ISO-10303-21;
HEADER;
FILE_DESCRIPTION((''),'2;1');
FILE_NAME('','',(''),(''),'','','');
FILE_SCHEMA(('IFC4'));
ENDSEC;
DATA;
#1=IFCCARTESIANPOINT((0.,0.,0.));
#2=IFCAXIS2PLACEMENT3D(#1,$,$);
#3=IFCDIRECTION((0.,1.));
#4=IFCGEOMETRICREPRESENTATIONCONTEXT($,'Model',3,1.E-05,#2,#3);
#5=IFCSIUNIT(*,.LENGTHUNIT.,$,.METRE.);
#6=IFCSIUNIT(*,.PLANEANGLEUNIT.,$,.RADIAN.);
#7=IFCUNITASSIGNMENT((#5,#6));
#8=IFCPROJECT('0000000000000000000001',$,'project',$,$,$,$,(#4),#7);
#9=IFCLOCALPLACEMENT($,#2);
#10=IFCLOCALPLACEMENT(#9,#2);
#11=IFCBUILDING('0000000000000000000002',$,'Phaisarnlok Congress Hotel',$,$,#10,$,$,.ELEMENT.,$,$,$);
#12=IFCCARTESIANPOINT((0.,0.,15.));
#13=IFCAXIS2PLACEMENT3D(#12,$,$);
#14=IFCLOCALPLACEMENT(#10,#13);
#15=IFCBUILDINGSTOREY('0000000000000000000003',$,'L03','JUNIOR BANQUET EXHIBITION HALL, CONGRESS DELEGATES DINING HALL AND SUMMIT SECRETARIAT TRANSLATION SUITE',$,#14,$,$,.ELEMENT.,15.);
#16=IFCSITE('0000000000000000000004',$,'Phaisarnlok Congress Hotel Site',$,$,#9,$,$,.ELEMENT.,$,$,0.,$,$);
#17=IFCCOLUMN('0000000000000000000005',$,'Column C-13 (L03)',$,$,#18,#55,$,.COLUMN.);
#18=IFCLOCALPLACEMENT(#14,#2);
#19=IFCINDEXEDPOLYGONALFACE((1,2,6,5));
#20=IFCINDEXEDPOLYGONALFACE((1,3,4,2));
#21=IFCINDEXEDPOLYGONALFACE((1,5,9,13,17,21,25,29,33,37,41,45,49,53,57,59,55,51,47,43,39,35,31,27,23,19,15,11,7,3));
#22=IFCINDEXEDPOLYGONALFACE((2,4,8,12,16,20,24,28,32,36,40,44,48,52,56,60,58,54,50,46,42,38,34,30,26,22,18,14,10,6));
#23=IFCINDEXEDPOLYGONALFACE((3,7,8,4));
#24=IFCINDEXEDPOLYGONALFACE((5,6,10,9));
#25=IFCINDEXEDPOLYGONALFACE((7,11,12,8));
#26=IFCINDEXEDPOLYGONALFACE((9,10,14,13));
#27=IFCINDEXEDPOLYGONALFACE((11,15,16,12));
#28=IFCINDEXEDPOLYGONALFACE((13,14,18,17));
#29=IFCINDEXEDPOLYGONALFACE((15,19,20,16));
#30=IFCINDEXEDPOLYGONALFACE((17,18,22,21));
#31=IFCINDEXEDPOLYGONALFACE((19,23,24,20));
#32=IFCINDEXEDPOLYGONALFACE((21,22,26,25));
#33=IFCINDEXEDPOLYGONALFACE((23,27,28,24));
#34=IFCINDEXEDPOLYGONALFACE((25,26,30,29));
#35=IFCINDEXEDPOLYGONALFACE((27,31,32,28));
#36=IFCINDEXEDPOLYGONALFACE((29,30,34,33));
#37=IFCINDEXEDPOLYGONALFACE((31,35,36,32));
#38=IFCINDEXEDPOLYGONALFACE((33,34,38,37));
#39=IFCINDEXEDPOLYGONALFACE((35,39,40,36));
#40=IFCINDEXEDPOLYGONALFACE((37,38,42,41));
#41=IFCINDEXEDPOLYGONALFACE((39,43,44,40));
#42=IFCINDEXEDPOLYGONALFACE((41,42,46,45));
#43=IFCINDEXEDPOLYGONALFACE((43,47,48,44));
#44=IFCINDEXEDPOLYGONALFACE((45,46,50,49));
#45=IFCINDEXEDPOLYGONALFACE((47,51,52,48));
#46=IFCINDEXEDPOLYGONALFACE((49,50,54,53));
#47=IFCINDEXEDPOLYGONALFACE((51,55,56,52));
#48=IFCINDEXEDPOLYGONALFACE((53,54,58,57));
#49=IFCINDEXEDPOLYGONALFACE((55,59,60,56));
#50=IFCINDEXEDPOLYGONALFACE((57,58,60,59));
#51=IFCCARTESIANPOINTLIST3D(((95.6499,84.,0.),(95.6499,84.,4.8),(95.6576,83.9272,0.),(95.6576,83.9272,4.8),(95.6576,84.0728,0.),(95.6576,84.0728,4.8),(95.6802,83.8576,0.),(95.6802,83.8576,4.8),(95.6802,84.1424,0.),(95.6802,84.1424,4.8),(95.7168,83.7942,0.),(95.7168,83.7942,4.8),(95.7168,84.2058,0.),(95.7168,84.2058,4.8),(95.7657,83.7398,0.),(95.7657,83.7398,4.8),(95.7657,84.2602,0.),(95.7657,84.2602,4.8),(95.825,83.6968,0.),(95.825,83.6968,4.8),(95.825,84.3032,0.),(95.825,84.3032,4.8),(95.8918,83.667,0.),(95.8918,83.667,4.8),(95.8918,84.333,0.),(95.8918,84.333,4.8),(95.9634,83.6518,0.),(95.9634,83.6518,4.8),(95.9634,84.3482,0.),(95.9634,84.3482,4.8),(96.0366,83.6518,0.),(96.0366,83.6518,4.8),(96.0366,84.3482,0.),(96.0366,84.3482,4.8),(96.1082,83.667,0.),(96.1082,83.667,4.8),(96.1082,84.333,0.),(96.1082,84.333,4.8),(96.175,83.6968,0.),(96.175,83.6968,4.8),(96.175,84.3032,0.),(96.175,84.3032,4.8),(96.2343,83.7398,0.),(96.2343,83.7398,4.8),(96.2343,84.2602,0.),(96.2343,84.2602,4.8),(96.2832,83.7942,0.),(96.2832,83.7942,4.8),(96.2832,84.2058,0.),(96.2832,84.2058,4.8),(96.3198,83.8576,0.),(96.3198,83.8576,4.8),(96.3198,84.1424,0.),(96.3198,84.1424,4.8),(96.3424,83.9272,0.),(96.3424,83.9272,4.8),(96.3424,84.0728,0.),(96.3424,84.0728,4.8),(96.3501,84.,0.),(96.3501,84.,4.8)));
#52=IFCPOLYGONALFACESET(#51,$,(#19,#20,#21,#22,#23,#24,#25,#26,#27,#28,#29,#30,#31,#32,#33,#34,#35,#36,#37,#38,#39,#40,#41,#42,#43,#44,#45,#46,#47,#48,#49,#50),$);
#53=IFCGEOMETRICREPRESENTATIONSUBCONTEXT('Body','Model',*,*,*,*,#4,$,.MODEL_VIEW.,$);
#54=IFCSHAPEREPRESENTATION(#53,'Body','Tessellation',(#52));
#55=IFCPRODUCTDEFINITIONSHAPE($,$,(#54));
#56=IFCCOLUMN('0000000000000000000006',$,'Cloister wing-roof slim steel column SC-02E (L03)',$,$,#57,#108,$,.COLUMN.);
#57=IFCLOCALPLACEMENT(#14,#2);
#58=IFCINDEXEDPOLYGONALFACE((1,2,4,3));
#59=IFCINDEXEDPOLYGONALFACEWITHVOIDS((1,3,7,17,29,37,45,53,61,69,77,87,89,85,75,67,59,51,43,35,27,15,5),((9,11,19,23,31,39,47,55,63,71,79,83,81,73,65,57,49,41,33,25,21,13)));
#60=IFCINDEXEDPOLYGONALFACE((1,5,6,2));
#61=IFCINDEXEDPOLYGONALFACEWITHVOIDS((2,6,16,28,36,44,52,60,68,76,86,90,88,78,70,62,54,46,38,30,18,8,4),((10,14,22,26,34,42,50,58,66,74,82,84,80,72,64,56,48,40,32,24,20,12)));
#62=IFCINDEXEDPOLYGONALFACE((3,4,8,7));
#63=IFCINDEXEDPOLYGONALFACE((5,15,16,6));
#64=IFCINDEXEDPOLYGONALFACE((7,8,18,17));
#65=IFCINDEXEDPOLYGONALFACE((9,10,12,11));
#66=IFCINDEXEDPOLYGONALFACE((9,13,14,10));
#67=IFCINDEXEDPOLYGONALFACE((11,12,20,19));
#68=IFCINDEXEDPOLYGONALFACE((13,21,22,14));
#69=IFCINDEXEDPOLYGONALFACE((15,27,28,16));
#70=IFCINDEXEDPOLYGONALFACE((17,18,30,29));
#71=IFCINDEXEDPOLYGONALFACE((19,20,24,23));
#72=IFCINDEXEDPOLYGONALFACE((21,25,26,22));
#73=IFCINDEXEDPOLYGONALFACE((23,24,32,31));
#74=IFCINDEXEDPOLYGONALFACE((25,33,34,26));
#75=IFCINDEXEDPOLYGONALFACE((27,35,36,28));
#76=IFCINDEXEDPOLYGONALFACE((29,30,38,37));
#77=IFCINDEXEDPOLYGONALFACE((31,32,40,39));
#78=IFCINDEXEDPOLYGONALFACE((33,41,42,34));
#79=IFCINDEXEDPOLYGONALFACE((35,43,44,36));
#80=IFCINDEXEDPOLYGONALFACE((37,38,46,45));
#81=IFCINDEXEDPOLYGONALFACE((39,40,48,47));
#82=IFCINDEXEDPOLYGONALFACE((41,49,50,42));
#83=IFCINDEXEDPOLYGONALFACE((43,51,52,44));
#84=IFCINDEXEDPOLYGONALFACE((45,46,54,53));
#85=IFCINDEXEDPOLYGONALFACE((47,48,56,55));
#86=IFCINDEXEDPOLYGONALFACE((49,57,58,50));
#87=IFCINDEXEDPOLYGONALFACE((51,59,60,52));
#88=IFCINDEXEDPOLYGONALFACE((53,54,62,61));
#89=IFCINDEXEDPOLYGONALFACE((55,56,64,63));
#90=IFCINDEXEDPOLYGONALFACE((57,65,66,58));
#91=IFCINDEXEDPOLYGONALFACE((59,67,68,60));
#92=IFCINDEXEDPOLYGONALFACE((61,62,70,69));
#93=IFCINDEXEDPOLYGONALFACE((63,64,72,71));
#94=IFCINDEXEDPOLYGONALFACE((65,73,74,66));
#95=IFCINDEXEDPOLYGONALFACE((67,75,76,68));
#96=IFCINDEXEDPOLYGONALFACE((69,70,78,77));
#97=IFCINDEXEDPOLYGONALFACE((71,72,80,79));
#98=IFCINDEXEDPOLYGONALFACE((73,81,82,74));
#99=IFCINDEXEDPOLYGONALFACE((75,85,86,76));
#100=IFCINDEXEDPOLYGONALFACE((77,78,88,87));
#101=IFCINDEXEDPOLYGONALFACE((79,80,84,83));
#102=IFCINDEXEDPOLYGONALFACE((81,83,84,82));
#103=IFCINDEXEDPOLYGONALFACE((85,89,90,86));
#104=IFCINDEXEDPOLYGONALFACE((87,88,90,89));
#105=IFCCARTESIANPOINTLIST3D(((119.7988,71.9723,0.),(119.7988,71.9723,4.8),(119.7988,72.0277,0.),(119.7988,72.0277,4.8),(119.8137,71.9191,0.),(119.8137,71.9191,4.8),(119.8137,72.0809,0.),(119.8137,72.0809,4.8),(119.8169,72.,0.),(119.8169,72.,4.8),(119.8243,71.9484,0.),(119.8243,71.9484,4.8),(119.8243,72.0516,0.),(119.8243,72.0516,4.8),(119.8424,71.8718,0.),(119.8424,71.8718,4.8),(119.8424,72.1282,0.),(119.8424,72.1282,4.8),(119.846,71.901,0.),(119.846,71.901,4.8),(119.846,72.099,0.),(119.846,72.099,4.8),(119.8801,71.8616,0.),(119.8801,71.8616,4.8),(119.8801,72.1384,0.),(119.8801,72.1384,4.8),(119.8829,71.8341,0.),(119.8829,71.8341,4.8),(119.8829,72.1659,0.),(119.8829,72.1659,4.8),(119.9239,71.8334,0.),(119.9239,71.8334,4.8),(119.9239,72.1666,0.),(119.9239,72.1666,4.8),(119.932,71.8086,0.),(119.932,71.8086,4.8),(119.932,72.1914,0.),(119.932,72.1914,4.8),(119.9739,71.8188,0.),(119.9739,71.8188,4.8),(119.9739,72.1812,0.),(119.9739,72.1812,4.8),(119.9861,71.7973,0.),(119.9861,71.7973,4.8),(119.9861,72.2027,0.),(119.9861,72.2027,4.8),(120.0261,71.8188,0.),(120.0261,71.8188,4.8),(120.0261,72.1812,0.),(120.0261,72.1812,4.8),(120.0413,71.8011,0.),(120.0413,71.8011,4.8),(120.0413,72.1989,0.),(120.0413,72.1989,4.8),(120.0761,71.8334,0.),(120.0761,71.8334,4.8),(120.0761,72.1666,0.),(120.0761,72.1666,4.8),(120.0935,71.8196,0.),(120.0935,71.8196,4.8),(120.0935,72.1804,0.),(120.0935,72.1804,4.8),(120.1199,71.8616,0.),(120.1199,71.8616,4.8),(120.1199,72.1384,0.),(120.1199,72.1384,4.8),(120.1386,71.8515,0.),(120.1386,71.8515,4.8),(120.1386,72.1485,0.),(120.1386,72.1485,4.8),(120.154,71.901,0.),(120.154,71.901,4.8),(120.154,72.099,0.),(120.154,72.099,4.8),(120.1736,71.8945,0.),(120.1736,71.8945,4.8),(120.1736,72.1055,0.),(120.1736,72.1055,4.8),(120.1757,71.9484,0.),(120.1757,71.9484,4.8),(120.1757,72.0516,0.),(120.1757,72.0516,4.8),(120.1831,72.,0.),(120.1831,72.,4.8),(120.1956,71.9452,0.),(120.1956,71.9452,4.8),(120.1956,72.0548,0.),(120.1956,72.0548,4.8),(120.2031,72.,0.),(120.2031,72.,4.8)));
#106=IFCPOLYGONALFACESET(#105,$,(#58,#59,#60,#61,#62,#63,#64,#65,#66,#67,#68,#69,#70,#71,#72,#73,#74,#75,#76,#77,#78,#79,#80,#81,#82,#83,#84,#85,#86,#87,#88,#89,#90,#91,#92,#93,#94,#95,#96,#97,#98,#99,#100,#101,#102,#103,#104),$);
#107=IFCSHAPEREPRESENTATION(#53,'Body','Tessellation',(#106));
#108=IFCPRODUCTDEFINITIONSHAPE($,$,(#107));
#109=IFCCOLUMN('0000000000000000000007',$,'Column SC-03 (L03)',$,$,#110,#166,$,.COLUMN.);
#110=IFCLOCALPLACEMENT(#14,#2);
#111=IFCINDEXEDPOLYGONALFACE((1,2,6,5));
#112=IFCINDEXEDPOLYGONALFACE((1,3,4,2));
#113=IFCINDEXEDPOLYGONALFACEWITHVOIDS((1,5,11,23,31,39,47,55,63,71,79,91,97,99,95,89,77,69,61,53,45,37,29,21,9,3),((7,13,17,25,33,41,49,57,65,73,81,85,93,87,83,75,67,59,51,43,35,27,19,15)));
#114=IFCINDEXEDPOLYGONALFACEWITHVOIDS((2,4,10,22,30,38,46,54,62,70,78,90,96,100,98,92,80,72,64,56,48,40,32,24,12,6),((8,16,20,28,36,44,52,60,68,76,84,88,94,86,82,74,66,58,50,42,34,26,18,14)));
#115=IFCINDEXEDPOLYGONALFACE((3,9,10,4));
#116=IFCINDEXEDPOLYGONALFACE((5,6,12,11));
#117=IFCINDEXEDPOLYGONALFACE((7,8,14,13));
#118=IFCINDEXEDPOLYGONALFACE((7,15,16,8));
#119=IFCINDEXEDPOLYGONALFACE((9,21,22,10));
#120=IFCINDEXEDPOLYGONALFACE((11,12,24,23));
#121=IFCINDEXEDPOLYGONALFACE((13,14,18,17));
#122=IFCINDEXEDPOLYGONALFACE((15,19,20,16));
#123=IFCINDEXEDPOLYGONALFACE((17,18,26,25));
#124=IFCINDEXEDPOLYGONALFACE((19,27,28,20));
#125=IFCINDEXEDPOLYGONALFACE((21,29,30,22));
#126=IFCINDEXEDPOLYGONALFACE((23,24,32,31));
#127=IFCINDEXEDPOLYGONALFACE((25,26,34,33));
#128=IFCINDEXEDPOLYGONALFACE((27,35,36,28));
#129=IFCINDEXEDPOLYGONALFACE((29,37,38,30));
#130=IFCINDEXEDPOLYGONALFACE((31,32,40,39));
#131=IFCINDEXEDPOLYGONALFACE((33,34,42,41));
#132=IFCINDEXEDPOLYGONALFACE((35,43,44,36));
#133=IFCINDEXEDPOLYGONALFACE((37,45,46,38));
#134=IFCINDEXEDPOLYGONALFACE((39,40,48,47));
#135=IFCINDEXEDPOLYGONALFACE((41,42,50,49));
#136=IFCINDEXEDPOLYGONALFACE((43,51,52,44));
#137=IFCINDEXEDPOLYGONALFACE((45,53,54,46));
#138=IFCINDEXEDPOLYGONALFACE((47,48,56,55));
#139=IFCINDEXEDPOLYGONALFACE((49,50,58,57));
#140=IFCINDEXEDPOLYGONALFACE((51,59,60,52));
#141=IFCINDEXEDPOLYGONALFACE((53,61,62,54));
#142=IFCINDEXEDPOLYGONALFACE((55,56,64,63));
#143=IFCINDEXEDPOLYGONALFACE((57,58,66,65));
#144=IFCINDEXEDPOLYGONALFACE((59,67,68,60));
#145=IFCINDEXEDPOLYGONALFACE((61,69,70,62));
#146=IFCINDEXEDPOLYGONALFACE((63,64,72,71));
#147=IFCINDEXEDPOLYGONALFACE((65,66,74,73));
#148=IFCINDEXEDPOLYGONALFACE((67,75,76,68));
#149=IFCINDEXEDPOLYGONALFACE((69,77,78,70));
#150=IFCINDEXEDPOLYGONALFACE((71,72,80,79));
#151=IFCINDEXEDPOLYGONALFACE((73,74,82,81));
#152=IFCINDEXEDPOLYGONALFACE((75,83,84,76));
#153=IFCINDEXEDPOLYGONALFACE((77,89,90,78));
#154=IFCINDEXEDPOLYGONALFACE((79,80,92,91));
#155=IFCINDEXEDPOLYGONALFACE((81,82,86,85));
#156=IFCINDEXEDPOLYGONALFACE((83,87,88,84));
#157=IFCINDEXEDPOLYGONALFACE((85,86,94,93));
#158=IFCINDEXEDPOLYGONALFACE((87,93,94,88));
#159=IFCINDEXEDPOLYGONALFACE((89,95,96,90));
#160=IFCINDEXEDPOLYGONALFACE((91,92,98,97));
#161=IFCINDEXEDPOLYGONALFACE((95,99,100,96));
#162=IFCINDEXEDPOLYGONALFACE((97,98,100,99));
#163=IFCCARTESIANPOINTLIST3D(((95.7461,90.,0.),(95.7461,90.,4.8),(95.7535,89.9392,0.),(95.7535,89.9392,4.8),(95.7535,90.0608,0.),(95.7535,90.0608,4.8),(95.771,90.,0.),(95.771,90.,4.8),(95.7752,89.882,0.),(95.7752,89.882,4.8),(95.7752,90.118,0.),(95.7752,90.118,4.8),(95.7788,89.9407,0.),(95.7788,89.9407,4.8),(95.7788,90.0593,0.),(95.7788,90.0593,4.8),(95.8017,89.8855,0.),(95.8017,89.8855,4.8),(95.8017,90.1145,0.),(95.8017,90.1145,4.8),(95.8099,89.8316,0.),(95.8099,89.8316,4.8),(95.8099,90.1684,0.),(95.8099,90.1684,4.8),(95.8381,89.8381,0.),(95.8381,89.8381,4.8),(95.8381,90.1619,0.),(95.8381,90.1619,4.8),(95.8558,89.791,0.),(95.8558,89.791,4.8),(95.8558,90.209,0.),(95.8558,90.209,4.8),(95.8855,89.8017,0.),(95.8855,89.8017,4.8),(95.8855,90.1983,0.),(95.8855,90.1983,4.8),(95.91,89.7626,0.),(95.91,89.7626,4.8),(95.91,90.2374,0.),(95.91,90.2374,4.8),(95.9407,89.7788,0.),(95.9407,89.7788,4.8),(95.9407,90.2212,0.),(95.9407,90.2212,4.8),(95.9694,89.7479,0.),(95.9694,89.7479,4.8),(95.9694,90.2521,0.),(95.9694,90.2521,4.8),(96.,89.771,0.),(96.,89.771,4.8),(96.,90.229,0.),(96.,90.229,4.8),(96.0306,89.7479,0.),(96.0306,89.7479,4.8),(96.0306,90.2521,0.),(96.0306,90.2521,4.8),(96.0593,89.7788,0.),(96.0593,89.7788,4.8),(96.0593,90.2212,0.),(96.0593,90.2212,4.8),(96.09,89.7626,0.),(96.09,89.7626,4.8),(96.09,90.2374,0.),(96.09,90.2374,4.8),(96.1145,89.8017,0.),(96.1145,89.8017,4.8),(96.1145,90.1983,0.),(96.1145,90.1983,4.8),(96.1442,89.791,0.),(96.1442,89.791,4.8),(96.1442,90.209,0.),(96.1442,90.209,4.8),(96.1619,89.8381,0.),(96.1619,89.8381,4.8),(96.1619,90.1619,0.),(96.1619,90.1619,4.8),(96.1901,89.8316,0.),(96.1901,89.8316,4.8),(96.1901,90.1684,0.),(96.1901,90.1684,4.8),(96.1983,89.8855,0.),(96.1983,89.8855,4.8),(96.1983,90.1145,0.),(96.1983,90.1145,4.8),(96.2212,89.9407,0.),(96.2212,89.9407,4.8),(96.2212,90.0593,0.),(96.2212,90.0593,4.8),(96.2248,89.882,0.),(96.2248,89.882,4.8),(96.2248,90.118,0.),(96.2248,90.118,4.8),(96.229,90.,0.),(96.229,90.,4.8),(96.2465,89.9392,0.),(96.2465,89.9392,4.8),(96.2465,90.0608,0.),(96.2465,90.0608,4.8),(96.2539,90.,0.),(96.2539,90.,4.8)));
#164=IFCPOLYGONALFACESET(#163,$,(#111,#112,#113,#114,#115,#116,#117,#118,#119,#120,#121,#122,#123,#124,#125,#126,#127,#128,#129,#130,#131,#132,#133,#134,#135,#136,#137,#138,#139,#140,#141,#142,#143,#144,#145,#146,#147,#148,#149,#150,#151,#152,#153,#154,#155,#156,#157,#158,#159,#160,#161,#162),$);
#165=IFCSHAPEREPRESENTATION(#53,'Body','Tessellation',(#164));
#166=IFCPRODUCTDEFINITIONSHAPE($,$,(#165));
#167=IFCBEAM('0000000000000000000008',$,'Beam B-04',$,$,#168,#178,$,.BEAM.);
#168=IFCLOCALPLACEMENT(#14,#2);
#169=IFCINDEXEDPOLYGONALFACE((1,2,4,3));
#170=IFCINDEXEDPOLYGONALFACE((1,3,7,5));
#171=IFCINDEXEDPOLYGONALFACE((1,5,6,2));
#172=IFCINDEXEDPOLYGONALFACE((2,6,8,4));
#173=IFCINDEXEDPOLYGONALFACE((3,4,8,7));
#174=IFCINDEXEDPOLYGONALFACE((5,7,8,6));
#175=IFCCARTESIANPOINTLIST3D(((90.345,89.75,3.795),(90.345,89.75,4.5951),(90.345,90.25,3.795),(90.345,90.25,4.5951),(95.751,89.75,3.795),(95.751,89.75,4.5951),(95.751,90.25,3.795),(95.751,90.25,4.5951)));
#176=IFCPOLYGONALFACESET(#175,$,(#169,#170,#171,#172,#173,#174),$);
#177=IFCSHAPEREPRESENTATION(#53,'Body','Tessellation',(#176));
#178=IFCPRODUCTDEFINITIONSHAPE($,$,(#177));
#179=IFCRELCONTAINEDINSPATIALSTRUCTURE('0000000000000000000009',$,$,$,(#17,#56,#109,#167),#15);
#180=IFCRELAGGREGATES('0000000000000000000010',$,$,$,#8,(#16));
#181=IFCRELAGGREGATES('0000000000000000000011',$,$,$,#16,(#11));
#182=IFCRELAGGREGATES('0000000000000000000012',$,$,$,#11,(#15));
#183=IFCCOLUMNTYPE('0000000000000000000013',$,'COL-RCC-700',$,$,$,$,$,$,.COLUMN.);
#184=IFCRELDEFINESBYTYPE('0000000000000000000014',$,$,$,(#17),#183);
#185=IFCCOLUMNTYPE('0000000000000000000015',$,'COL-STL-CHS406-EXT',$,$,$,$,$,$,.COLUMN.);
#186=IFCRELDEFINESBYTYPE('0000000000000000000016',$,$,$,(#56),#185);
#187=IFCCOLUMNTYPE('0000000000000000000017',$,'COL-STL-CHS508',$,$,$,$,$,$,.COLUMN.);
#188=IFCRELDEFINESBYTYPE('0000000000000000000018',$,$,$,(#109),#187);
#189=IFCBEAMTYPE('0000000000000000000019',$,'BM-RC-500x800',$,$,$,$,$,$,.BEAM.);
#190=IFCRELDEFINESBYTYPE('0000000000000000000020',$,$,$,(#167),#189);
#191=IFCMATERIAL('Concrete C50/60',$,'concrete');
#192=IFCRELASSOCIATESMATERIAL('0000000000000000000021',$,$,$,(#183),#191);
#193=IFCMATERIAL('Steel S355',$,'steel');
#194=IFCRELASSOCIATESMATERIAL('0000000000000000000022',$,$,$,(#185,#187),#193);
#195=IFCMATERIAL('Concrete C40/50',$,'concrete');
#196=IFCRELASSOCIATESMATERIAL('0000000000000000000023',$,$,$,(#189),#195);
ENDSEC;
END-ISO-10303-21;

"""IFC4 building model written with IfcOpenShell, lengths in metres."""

from ifc_helpers import new_model, si_unit, direction, frame, origin, origin_2d, place, context, subcontext, project, spatial, rectangle, circle, hollow_circle, extrude, material, material_profile, profile_set, type_object, element, save


model = new_model("IFC4")

# Units and contexts
model_context = context("Model", 3, precision=1e-05, world=origin(), true_north=direction((0.0, 1.0)))
body_context = subcontext(model_context, "Body", "Model", "MODEL_VIEW")
ifc_project = project(units=[si_unit("LENGTHUNIT", "METRE"), si_unit("PLANEANGLEUNIT", "RADIAN")], contexts=[model_context])

# Site, building, storey
site_placement = place(None, origin())
site = spatial("IfcSite", under=ifc_project, at=site_placement, Name="Phaisarnlok Congress Hotel Site", CompositionType="ELEMENT", RefElevation=0.0)
building_placement = place(site_placement, origin())
building = spatial("IfcBuilding", under=site, at=building_placement, Name="Phaisarnlok Congress Hotel", CompositionType="ELEMENT")
storey_placement = place(building_placement, frame((0.0, 0.0, 15.0)))
storey = spatial("IfcBuildingStorey", under=building, at=storey_placement, Name="L03", Description="JUNIOR BANQUET EXHIBITION HALL, CONGRESS DELEGATES DINING HALL AND SUMMIT SECRETARIAT TRANSLATION SUITE", CompositionType="ELEMENT", Elevation=15.0)

# Columns
ifc_material_1 = material(Name="Concrete C50/60", Category="concrete")
ifc_material_profile_1 = material_profile(ifc_material_1, circle(Radius=0.3501, at=origin_2d()), Name="RCC D700")
ifc_profile_set_1 = profile_set([ifc_material_profile_1], Name="Concrete C50/60")
column_type_1 = type_object("IfcColumnType", Name="COL-RCC-700", PredefinedType="COLUMN", material=ifc_profile_set_1)
column_1_placement = place(storey_placement, frame((96.0, 84.0, 0.0), z_axis=(0.0, 0.0, 1.0), x_axis=(1.0, 0.0, 0.0)))
element("IfcColumn", 1, at=column_1_placement, inside=storey, type_object=column_type_1, Name="Column C-13 (L03)", PredefinedType="COLUMN", context=body_context, shape_type="SweptSolid", body=[
    extrude(circle(Radius=0.3501, at=origin_2d()), origin(), (0.0, 0.0, 1.0), 4.8),
])
ifc_material_2 = material(Name="Steel S355", Category="steel")
ifc_material_profile_2 = material_profile(ifc_material_2, hollow_circle(Radius=0.2031, WallThickness=0.02, at=origin_2d()), Name="CHS 406.4x20")
ifc_profile_set_2 = profile_set([ifc_material_profile_2], Name="Steel S355")
column_type_2 = type_object("IfcColumnType", Name="COL-STL-CHS406-EXT", PredefinedType="COLUMN", material=ifc_profile_set_2)
column_2_placement = place(storey_placement, frame((120.0, 72.0, 0.0), z_axis=(0.0, 0.0, 1.0), x_axis=(1.0, 0.0, 0.0)))
element("IfcColumn", 2, at=column_2_placement, inside=storey, type_object=column_type_2, Name="Cloister wing-roof slim steel column SC-02E (L03)", PredefinedType="COLUMN", context=body_context, shape_type="SweptSolid", body=[
    extrude(hollow_circle(Radius=0.2031, WallThickness=0.02, at=origin_2d()), origin(), (0.0, 0.0, 1.0), 4.8),
])
ifc_material_profile_3 = material_profile(ifc_material_2, hollow_circle(Radius=0.2539, WallThickness=0.0249, at=origin_2d()), Name="CHS 508x25")
ifc_profile_set_3 = profile_set([ifc_material_profile_3], Name="Steel S355")
column_type_3 = type_object("IfcColumnType", Name="COL-STL-CHS508", PredefinedType="COLUMN", material=ifc_profile_set_3)
column_3_placement = place(storey_placement, frame((96.0, 90.0, 0.0), z_axis=(0.0, 0.0, 1.0), x_axis=(1.0, 0.0, 0.0)))
element("IfcColumn", 3, at=column_3_placement, inside=storey, type_object=column_type_3, Name="Column SC-03 (L03)", PredefinedType="COLUMN", context=body_context, shape_type="SweptSolid", body=[
    extrude(hollow_circle(Radius=0.2539, WallThickness=0.0249, at=origin_2d()), origin(), (0.0, 0.0, 1.0), 4.8),
])

# Beam
ifc_material_3 = material(Name="Concrete C40/50", Category="concrete")
ifc_material_profile_4 = material_profile(ifc_material_3, rectangle(XDim=0.5, YDim=0.8, at=origin_2d()), Name="RC 500x800")
ifc_profile_set_4 = profile_set([ifc_material_profile_4], Name="Concrete C40/50")
beam_type_1 = type_object("IfcBeamType", Name="BM-RC-500x800", PredefinedType="BEAM", material=ifc_profile_set_4)
beam_1_placement = place(storey_placement, frame((90.345, 90.0, 4.1951), z_axis=(1.0, 0.0, 0.0), x_axis=(0.0, 1.0, 0.0)))
element("IfcBeam", 4, at=beam_1_placement, inside=storey, type_object=beam_type_1, Name="Beam B-04", PredefinedType="BEAM", context=body_context, shape_type="SweptSolid", body=[
    extrude(rectangle(XDim=0.5, YDim=0.8, at=origin_2d()), origin(), (0.0, 0.0, 1.0), 5.406),
])

save(model, "model.ifc")
